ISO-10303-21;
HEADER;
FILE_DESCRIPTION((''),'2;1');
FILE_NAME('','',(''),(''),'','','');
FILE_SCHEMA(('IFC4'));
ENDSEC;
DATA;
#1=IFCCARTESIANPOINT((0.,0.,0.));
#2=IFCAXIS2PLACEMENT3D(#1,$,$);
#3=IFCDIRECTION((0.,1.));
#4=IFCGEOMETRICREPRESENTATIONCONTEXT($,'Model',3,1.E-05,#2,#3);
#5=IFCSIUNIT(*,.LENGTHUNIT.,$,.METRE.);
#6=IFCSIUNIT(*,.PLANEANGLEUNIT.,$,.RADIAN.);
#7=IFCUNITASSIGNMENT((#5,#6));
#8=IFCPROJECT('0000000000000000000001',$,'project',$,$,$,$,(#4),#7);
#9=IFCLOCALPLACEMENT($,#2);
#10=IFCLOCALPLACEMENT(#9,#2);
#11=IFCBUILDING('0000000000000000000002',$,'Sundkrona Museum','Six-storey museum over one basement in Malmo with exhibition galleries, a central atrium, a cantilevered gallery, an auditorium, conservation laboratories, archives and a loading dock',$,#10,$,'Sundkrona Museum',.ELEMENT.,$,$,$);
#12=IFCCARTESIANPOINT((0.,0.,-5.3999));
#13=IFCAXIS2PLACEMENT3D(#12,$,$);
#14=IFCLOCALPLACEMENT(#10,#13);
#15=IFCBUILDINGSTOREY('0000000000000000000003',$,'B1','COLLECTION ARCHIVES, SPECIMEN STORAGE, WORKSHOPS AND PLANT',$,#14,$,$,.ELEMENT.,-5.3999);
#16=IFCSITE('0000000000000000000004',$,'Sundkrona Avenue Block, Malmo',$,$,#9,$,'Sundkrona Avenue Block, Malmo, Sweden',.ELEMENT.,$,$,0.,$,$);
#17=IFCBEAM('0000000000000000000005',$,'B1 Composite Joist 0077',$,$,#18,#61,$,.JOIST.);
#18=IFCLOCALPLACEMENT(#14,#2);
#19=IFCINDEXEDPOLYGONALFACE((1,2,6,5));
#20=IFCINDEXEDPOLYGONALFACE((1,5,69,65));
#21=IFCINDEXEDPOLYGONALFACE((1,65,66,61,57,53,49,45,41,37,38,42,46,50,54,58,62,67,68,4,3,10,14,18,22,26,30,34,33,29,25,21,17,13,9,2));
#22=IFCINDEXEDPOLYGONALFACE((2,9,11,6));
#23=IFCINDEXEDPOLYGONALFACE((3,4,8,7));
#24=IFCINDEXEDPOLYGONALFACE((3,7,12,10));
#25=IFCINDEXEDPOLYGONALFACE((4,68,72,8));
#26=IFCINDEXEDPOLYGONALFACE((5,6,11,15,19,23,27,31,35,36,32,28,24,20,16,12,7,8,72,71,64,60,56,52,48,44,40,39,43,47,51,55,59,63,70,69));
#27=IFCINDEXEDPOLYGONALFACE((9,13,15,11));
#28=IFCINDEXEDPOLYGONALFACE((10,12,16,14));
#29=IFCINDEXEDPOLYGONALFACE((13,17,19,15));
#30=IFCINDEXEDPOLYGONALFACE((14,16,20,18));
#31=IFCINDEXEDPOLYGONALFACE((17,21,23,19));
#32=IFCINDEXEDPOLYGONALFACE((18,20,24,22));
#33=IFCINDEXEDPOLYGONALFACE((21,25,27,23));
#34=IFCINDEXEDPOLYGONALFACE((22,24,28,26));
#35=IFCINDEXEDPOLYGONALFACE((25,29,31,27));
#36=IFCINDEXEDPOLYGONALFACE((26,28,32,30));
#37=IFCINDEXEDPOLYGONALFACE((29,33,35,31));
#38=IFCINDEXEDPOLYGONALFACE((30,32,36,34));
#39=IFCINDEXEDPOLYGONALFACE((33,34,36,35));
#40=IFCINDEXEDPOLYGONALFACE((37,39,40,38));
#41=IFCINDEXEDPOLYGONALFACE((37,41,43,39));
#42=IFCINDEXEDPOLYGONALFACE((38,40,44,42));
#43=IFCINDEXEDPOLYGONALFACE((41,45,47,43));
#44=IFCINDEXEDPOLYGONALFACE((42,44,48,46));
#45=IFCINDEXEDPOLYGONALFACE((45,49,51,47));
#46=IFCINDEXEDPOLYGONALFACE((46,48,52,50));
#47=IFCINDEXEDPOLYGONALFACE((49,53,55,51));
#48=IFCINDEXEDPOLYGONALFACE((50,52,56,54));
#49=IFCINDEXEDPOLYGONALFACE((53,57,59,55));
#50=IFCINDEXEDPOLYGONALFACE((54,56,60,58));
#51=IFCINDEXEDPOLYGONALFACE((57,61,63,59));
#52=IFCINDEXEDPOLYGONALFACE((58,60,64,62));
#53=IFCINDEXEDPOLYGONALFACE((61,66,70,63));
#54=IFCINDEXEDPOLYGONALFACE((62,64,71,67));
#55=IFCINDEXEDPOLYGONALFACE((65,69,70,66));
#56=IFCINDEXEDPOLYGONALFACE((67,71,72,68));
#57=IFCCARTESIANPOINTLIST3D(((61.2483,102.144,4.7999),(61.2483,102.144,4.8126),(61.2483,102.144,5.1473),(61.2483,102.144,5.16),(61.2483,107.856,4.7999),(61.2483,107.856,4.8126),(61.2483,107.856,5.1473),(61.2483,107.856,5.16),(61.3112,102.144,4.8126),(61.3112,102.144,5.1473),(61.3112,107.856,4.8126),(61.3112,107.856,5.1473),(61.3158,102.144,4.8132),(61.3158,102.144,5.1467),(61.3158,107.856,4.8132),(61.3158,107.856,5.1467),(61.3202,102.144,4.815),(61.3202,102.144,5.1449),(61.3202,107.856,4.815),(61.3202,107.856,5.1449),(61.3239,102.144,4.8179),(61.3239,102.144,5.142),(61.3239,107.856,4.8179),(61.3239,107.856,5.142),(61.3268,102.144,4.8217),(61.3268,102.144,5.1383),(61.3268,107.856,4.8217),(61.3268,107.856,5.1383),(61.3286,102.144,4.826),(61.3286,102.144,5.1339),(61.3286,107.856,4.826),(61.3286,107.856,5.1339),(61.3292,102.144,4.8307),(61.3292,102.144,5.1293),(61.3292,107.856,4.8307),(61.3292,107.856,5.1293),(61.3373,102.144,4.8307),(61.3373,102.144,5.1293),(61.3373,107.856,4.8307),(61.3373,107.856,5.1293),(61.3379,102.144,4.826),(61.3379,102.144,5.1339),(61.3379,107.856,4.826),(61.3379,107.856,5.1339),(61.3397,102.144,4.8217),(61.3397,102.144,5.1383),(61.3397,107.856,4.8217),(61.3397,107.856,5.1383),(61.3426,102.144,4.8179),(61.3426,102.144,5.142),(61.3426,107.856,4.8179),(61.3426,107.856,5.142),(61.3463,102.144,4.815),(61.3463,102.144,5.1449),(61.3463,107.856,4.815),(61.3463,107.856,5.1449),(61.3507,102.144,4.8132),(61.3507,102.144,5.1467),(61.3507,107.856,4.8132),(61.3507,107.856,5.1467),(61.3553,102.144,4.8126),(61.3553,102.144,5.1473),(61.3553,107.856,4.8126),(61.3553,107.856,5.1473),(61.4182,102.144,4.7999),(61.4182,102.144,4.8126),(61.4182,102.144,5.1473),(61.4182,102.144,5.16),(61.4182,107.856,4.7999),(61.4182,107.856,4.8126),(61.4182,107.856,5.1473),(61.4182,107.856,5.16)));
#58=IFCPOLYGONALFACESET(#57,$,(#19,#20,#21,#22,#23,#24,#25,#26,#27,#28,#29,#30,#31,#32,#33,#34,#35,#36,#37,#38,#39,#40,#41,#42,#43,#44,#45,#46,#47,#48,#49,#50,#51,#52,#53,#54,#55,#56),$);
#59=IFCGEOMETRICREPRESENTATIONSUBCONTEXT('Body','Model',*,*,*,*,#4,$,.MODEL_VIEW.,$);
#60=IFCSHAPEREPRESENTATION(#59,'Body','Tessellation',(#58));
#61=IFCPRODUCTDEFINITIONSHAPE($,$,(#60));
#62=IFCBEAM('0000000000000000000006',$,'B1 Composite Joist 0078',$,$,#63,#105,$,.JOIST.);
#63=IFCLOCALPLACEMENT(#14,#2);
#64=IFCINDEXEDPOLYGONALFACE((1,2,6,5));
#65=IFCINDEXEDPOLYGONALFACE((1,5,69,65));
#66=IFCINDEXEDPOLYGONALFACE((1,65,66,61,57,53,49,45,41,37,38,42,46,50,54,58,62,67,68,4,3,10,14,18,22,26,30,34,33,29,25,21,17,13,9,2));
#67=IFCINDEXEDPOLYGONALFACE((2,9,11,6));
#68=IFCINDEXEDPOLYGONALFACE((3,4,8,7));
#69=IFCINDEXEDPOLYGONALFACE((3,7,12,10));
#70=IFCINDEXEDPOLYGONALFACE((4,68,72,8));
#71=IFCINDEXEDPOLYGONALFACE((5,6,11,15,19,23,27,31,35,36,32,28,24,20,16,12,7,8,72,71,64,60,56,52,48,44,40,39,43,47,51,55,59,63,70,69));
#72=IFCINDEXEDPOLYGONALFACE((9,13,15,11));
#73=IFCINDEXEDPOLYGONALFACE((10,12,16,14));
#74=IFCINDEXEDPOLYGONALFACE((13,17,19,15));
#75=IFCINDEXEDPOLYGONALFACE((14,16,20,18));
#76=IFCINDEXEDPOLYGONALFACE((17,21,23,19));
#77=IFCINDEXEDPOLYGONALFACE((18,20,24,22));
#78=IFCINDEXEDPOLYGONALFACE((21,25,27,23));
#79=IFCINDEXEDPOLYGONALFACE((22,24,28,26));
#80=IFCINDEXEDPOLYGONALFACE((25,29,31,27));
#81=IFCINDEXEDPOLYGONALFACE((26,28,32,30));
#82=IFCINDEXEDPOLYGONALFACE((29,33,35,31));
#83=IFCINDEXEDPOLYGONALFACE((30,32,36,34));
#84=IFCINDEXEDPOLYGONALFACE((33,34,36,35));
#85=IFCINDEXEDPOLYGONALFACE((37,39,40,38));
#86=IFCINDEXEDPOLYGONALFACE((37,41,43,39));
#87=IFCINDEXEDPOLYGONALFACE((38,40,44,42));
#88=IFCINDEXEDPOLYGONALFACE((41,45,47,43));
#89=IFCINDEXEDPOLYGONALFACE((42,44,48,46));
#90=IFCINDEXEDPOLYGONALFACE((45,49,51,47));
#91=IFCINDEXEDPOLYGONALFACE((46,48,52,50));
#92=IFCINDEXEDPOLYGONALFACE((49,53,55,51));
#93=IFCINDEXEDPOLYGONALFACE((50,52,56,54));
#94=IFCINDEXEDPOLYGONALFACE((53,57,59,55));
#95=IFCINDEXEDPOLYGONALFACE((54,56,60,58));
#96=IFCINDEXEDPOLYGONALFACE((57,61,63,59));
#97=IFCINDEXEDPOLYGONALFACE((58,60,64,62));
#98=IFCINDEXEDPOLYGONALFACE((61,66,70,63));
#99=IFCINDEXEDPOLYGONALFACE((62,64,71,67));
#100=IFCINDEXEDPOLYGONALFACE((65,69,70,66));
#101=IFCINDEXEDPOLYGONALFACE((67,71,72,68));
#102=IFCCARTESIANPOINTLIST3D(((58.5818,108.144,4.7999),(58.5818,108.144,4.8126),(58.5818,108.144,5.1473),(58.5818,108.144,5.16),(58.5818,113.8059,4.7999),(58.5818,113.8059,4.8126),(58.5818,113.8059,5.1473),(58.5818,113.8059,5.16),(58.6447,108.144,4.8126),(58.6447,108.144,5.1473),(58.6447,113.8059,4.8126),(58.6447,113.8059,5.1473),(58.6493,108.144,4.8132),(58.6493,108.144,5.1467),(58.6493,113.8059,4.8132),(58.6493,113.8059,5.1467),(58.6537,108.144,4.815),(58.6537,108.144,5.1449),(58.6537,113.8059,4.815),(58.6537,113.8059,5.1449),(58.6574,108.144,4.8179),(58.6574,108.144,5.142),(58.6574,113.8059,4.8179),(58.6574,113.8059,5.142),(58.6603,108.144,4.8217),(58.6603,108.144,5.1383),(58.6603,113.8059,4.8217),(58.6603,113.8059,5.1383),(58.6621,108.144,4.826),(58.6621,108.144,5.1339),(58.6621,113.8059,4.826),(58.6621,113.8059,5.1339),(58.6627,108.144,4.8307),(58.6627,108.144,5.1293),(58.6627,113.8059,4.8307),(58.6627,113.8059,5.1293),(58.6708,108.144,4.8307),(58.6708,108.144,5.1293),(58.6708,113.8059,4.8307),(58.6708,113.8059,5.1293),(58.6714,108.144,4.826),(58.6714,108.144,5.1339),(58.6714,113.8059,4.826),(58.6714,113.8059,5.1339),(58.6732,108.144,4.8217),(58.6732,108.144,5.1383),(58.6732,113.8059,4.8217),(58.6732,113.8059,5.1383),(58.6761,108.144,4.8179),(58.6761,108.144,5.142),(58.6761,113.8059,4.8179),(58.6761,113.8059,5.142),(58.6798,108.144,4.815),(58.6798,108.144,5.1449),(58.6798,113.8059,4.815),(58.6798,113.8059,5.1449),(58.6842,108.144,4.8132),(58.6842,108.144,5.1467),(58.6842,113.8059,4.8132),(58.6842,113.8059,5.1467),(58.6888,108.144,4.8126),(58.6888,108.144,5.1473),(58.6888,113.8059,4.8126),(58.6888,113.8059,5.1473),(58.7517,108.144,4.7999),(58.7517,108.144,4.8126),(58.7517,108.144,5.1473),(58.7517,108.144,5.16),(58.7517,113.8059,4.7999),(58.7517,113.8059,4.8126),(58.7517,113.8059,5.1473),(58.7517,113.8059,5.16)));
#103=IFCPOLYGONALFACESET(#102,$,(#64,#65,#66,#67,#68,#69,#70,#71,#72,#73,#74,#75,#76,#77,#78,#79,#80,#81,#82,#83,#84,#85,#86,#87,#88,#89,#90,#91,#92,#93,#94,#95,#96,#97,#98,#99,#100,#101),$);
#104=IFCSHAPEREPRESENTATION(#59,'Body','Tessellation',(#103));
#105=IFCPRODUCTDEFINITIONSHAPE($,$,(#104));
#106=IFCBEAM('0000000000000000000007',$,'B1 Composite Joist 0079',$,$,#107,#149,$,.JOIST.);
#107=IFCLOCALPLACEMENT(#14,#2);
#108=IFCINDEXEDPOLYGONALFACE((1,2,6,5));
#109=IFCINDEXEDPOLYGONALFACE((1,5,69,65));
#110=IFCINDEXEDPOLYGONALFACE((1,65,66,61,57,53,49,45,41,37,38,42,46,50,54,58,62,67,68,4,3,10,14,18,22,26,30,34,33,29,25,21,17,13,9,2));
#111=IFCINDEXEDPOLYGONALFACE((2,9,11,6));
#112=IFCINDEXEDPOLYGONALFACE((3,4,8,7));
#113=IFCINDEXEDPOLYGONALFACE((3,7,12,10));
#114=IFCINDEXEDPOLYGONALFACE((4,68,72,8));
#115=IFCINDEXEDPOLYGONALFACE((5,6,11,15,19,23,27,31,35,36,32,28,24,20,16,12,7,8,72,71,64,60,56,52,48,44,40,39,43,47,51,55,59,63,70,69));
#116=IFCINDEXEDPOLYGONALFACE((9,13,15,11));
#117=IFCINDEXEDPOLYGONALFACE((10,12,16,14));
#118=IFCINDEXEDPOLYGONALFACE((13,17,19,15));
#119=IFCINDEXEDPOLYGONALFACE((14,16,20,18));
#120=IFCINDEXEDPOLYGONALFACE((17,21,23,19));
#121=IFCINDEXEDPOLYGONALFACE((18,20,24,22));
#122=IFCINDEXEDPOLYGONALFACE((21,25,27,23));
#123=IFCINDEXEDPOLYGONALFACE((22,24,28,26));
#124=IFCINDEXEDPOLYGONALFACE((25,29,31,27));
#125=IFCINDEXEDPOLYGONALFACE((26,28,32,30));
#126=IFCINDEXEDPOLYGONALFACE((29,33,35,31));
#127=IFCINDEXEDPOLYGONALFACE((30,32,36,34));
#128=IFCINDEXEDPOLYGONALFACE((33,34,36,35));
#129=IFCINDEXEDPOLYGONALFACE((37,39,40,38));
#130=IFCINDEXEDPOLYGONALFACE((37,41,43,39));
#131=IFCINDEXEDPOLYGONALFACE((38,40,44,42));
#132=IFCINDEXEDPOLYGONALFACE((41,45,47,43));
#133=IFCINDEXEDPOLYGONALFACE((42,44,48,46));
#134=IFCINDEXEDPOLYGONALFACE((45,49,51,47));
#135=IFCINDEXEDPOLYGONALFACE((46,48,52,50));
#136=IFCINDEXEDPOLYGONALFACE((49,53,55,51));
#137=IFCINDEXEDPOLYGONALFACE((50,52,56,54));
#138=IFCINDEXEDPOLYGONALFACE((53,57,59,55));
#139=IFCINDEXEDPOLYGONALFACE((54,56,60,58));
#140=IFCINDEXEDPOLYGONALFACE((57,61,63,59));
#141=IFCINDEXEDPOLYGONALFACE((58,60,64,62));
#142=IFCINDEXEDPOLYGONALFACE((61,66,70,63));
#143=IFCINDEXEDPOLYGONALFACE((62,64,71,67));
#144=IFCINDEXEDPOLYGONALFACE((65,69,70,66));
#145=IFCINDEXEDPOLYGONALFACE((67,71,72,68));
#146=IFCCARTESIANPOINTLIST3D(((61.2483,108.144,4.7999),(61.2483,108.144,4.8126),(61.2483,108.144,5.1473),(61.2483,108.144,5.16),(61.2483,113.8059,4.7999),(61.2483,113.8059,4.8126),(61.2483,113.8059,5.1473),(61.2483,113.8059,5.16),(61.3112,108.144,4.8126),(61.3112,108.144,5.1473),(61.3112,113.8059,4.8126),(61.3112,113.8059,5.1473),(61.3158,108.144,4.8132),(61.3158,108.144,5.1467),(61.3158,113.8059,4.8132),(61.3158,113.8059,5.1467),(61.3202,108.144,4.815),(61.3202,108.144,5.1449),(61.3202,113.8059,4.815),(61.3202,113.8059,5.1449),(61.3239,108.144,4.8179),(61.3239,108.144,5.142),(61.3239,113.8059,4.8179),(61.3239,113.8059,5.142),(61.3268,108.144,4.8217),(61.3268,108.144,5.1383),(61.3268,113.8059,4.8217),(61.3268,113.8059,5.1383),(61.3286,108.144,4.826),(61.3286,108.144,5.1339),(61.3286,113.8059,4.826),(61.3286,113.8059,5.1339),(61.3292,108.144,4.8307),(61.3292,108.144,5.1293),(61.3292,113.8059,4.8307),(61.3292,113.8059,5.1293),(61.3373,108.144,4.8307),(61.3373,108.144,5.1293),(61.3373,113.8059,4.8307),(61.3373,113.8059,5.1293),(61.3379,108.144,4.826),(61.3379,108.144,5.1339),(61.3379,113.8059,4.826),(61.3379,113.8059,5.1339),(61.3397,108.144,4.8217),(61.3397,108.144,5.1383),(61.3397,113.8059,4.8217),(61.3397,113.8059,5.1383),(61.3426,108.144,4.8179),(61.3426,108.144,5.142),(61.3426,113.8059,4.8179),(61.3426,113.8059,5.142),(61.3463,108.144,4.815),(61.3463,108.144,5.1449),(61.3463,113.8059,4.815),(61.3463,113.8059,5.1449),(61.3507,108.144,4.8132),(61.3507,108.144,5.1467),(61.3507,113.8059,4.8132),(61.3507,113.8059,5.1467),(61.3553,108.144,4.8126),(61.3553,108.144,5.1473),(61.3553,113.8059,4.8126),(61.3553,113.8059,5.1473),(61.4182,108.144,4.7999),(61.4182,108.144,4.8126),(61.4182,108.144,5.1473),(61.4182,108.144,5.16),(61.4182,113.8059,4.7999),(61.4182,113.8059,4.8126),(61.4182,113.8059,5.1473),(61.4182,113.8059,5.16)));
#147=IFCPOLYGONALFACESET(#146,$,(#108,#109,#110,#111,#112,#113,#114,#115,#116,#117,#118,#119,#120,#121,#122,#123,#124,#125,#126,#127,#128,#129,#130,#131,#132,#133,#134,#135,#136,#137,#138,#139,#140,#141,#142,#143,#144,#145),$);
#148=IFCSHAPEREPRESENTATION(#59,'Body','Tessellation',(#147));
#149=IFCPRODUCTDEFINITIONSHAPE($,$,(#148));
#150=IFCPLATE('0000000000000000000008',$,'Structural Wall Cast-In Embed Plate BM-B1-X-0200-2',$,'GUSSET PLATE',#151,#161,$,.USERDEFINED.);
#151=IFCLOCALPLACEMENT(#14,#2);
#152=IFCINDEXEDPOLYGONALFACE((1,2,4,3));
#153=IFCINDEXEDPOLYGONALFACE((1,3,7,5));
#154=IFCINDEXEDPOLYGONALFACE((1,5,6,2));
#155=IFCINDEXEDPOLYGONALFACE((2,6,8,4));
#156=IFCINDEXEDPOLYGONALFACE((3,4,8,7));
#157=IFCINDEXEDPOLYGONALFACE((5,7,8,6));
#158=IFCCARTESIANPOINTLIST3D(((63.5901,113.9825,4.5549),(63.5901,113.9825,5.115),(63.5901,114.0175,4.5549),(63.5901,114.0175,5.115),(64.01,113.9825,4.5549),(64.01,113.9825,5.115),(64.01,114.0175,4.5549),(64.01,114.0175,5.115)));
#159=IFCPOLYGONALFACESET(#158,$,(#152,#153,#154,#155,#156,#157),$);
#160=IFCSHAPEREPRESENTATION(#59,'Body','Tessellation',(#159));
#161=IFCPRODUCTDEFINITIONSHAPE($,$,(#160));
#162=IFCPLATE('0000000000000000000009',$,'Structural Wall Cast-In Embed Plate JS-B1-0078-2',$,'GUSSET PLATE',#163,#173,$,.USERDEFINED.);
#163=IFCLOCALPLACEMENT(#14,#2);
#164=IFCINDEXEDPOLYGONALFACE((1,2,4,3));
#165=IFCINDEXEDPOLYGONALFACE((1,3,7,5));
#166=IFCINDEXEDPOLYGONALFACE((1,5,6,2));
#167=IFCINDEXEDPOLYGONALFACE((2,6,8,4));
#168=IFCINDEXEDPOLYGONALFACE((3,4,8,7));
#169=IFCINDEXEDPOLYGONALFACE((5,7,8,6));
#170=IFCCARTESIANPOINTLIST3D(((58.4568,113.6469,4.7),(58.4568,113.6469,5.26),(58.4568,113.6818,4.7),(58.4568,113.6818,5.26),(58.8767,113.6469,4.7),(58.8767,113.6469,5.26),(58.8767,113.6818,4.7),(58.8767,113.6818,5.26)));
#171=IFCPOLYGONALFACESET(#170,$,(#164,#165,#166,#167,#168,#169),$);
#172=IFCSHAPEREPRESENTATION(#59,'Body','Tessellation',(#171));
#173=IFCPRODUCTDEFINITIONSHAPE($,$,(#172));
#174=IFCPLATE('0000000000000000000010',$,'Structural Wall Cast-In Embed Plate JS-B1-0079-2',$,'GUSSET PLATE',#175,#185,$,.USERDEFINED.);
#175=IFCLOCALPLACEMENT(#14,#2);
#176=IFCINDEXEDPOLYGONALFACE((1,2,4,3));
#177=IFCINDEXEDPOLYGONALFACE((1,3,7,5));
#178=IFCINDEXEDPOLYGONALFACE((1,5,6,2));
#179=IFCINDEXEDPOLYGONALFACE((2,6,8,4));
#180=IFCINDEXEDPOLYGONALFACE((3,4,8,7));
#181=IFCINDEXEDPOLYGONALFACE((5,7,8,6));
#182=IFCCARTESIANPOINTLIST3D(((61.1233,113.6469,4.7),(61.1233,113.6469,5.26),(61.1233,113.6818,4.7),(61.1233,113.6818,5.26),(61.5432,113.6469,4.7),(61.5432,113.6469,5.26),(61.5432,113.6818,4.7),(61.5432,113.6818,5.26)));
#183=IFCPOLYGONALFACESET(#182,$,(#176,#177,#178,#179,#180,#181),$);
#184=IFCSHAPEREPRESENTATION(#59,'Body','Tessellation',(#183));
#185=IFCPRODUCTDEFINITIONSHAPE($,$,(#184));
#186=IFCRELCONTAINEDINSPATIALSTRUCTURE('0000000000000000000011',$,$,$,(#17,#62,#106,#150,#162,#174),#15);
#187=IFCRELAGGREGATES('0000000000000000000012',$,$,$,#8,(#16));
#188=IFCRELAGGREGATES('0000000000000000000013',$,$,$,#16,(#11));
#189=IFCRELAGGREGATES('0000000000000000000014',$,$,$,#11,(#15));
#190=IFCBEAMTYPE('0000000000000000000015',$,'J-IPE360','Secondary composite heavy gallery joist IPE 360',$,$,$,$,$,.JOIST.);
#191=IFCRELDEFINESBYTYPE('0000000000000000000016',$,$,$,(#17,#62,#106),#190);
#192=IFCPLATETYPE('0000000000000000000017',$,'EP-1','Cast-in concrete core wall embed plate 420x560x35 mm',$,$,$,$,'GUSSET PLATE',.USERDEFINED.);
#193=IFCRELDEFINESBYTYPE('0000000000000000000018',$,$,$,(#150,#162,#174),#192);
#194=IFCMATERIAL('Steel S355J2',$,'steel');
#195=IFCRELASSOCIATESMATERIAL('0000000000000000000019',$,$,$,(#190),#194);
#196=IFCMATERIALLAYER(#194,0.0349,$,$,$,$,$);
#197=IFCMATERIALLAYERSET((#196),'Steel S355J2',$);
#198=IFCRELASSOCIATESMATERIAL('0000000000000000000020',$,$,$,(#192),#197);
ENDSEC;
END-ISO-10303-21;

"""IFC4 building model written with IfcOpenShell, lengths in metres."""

from ifc_helpers import new_model, si_unit, direction, frame, origin, origin_2d, place, context, subcontext, project, spatial, rectangle, i_section, extrude, material, layer, layer_set, material_profile, profile_set, type_object, element, save


model = new_model("IFC4")

# Units and contexts
model_context = context("Model", 3, precision=1e-05, world=origin(), true_north=direction((0.0, 1.0)))
body_context = subcontext(model_context, "Body", "Model", "MODEL_VIEW")
ifc_project = project(units=[si_unit("LENGTHUNIT", "METRE"), si_unit("PLANEANGLEUNIT", "RADIAN")], contexts=[model_context])

# Site, building, storey
site_placement = place(None, origin())
site = spatial("IfcSite", under=ifc_project, at=site_placement, Name="Sundkrona Avenue Block, Malmo", LongName="Sundkrona Avenue Block, Malmo, Sweden", CompositionType="ELEMENT", RefElevation=0.0)
building_placement = place(site_placement, origin())
building = spatial("IfcBuilding", under=site, at=building_placement, Name="Sundkrona Museum", Description="Six-storey museum over one basement in Malmo with exhibition galleries, a central atrium, a cantilevered gallery, an auditorium, conservation laboratories, archives and a loading dock", LongName="Sundkrona Museum", CompositionType="ELEMENT")
storey_placement = place(building_placement, frame((0.0, 0.0, -5.3999)))
storey = spatial("IfcBuildingStorey", under=building, at=storey_placement, Name="B1", Description="COLLECTION ARCHIVES, SPECIMEN STORAGE, WORKSHOPS AND PLANT", CompositionType="ELEMENT", Elevation=-5.3999)

# Beams
ifc_material_1 = material(Name="Steel S355J2", Category="steel")
ifc_material_profile_1 = material_profile(ifc_material_1, i_section(OverallWidth=0.1699, OverallDepth=0.3601, WebThickness=0.0081, FlangeThickness=0.0127, FilletRadius=0.0181, at=origin_2d()), Name="IPE 360")
ifc_profile_set_1 = profile_set([ifc_material_profile_1], Name="Steel S355J2")
beam_type_1 = type_object("IfcBeamType", Name="J-IPE360", Description="Secondary composite heavy gallery joist IPE 360", PredefinedType="JOIST", material=ifc_profile_set_1)
for number, where, z_axis, x_axis, name in (
    (1, (61.3333, 102.144, 4.98), (0.0, 1.0, 0.0), (-1.0, 0.0, 0.0), "B1 Composite Joist 0077"),
):
    element("IfcBeam", number, at=place(storey_placement, frame(where, z_axis=z_axis, x_axis=x_axis)), inside=storey, type_object=beam_type_1, Name=name, PredefinedType="JOIST", context=body_context, shape_type="SweptSolid", body=[
        extrude(i_section(OverallWidth=0.1699, OverallDepth=0.3601, WebThickness=0.0081, FlangeThickness=0.0127, FilletRadius=0.0181, at=origin_2d()), origin(), (0.0, 0.0, 1.0), 5.7119),
    ])
for number, where, z_axis, x_axis, name in (
    (2, (58.6667, 108.144, 4.98), (0.0, 1.0, 0.0), (-1.0, 0.0, 0.0), "B1 Composite Joist 0078"),
    (3, (61.3333, 108.144, 4.98), (0.0, 1.0, 0.0), (-1.0, 0.0, 0.0), "B1 Composite Joist 0079"),
):
    element("IfcBeam", number, at=place(storey_placement, frame(where, z_axis=z_axis, x_axis=x_axis)), inside=storey, type_object=beam_type_1, Name=name, PredefinedType="JOIST", context=body_context, shape_type="SweptSolid", body=[
        extrude(i_section(OverallWidth=0.1699, OverallDepth=0.3601, WebThickness=0.0081, FlangeThickness=0.0127, FilletRadius=0.0181, at=origin_2d()), origin(), (0.0, 0.0, 1.0), 5.6619),
    ])

# Plates
ifc_layer = layer(ifc_material_1, 0.0349)
ifc_layer_set = layer_set([ifc_layer], Name="Steel S355J2")
plate_type = type_object("IfcPlateType", Name="EP-1", Description="Cast-in concrete core wall embed plate 420x560x35 mm", ElementType="GUSSET PLATE", PredefinedType="USERDEFINED", material=ifc_layer_set)
for number, where, z_axis, x_axis, name in (
    (4, (63.8, 114.0, 4.5549), (0.0, 0.0, 1.0), (1.0, 0.0, 0.0), "Structural Wall Cast-In Embed Plate BM-B1-X-0200-2"),
    (5, (58.6667, 113.6643, 4.7), (0.0, 0.0, 1.0), (1.0, 0.0, 0.0), "Structural Wall Cast-In Embed Plate JS-B1-0078-2"),
    (6, (61.3333, 113.6643, 4.7), (0.0, 0.0, 1.0), (1.0, 0.0, 0.0), "Structural Wall Cast-In Embed Plate JS-B1-0079-2"),
):
    element("IfcPlate", number, at=place(storey_placement, frame(where, z_axis=z_axis, x_axis=x_axis)), inside=storey, type_object=plate_type, Name=name, ObjectType="GUSSET PLATE", PredefinedType="USERDEFINED", context=body_context, shape_type="SweptSolid", body=[
        extrude(rectangle(XDim=0.4199, YDim=0.0349, at=origin_2d()), origin(), (0.0, 0.0, 1.0), 0.5601),
    ])

save(model, "model.ifc")
